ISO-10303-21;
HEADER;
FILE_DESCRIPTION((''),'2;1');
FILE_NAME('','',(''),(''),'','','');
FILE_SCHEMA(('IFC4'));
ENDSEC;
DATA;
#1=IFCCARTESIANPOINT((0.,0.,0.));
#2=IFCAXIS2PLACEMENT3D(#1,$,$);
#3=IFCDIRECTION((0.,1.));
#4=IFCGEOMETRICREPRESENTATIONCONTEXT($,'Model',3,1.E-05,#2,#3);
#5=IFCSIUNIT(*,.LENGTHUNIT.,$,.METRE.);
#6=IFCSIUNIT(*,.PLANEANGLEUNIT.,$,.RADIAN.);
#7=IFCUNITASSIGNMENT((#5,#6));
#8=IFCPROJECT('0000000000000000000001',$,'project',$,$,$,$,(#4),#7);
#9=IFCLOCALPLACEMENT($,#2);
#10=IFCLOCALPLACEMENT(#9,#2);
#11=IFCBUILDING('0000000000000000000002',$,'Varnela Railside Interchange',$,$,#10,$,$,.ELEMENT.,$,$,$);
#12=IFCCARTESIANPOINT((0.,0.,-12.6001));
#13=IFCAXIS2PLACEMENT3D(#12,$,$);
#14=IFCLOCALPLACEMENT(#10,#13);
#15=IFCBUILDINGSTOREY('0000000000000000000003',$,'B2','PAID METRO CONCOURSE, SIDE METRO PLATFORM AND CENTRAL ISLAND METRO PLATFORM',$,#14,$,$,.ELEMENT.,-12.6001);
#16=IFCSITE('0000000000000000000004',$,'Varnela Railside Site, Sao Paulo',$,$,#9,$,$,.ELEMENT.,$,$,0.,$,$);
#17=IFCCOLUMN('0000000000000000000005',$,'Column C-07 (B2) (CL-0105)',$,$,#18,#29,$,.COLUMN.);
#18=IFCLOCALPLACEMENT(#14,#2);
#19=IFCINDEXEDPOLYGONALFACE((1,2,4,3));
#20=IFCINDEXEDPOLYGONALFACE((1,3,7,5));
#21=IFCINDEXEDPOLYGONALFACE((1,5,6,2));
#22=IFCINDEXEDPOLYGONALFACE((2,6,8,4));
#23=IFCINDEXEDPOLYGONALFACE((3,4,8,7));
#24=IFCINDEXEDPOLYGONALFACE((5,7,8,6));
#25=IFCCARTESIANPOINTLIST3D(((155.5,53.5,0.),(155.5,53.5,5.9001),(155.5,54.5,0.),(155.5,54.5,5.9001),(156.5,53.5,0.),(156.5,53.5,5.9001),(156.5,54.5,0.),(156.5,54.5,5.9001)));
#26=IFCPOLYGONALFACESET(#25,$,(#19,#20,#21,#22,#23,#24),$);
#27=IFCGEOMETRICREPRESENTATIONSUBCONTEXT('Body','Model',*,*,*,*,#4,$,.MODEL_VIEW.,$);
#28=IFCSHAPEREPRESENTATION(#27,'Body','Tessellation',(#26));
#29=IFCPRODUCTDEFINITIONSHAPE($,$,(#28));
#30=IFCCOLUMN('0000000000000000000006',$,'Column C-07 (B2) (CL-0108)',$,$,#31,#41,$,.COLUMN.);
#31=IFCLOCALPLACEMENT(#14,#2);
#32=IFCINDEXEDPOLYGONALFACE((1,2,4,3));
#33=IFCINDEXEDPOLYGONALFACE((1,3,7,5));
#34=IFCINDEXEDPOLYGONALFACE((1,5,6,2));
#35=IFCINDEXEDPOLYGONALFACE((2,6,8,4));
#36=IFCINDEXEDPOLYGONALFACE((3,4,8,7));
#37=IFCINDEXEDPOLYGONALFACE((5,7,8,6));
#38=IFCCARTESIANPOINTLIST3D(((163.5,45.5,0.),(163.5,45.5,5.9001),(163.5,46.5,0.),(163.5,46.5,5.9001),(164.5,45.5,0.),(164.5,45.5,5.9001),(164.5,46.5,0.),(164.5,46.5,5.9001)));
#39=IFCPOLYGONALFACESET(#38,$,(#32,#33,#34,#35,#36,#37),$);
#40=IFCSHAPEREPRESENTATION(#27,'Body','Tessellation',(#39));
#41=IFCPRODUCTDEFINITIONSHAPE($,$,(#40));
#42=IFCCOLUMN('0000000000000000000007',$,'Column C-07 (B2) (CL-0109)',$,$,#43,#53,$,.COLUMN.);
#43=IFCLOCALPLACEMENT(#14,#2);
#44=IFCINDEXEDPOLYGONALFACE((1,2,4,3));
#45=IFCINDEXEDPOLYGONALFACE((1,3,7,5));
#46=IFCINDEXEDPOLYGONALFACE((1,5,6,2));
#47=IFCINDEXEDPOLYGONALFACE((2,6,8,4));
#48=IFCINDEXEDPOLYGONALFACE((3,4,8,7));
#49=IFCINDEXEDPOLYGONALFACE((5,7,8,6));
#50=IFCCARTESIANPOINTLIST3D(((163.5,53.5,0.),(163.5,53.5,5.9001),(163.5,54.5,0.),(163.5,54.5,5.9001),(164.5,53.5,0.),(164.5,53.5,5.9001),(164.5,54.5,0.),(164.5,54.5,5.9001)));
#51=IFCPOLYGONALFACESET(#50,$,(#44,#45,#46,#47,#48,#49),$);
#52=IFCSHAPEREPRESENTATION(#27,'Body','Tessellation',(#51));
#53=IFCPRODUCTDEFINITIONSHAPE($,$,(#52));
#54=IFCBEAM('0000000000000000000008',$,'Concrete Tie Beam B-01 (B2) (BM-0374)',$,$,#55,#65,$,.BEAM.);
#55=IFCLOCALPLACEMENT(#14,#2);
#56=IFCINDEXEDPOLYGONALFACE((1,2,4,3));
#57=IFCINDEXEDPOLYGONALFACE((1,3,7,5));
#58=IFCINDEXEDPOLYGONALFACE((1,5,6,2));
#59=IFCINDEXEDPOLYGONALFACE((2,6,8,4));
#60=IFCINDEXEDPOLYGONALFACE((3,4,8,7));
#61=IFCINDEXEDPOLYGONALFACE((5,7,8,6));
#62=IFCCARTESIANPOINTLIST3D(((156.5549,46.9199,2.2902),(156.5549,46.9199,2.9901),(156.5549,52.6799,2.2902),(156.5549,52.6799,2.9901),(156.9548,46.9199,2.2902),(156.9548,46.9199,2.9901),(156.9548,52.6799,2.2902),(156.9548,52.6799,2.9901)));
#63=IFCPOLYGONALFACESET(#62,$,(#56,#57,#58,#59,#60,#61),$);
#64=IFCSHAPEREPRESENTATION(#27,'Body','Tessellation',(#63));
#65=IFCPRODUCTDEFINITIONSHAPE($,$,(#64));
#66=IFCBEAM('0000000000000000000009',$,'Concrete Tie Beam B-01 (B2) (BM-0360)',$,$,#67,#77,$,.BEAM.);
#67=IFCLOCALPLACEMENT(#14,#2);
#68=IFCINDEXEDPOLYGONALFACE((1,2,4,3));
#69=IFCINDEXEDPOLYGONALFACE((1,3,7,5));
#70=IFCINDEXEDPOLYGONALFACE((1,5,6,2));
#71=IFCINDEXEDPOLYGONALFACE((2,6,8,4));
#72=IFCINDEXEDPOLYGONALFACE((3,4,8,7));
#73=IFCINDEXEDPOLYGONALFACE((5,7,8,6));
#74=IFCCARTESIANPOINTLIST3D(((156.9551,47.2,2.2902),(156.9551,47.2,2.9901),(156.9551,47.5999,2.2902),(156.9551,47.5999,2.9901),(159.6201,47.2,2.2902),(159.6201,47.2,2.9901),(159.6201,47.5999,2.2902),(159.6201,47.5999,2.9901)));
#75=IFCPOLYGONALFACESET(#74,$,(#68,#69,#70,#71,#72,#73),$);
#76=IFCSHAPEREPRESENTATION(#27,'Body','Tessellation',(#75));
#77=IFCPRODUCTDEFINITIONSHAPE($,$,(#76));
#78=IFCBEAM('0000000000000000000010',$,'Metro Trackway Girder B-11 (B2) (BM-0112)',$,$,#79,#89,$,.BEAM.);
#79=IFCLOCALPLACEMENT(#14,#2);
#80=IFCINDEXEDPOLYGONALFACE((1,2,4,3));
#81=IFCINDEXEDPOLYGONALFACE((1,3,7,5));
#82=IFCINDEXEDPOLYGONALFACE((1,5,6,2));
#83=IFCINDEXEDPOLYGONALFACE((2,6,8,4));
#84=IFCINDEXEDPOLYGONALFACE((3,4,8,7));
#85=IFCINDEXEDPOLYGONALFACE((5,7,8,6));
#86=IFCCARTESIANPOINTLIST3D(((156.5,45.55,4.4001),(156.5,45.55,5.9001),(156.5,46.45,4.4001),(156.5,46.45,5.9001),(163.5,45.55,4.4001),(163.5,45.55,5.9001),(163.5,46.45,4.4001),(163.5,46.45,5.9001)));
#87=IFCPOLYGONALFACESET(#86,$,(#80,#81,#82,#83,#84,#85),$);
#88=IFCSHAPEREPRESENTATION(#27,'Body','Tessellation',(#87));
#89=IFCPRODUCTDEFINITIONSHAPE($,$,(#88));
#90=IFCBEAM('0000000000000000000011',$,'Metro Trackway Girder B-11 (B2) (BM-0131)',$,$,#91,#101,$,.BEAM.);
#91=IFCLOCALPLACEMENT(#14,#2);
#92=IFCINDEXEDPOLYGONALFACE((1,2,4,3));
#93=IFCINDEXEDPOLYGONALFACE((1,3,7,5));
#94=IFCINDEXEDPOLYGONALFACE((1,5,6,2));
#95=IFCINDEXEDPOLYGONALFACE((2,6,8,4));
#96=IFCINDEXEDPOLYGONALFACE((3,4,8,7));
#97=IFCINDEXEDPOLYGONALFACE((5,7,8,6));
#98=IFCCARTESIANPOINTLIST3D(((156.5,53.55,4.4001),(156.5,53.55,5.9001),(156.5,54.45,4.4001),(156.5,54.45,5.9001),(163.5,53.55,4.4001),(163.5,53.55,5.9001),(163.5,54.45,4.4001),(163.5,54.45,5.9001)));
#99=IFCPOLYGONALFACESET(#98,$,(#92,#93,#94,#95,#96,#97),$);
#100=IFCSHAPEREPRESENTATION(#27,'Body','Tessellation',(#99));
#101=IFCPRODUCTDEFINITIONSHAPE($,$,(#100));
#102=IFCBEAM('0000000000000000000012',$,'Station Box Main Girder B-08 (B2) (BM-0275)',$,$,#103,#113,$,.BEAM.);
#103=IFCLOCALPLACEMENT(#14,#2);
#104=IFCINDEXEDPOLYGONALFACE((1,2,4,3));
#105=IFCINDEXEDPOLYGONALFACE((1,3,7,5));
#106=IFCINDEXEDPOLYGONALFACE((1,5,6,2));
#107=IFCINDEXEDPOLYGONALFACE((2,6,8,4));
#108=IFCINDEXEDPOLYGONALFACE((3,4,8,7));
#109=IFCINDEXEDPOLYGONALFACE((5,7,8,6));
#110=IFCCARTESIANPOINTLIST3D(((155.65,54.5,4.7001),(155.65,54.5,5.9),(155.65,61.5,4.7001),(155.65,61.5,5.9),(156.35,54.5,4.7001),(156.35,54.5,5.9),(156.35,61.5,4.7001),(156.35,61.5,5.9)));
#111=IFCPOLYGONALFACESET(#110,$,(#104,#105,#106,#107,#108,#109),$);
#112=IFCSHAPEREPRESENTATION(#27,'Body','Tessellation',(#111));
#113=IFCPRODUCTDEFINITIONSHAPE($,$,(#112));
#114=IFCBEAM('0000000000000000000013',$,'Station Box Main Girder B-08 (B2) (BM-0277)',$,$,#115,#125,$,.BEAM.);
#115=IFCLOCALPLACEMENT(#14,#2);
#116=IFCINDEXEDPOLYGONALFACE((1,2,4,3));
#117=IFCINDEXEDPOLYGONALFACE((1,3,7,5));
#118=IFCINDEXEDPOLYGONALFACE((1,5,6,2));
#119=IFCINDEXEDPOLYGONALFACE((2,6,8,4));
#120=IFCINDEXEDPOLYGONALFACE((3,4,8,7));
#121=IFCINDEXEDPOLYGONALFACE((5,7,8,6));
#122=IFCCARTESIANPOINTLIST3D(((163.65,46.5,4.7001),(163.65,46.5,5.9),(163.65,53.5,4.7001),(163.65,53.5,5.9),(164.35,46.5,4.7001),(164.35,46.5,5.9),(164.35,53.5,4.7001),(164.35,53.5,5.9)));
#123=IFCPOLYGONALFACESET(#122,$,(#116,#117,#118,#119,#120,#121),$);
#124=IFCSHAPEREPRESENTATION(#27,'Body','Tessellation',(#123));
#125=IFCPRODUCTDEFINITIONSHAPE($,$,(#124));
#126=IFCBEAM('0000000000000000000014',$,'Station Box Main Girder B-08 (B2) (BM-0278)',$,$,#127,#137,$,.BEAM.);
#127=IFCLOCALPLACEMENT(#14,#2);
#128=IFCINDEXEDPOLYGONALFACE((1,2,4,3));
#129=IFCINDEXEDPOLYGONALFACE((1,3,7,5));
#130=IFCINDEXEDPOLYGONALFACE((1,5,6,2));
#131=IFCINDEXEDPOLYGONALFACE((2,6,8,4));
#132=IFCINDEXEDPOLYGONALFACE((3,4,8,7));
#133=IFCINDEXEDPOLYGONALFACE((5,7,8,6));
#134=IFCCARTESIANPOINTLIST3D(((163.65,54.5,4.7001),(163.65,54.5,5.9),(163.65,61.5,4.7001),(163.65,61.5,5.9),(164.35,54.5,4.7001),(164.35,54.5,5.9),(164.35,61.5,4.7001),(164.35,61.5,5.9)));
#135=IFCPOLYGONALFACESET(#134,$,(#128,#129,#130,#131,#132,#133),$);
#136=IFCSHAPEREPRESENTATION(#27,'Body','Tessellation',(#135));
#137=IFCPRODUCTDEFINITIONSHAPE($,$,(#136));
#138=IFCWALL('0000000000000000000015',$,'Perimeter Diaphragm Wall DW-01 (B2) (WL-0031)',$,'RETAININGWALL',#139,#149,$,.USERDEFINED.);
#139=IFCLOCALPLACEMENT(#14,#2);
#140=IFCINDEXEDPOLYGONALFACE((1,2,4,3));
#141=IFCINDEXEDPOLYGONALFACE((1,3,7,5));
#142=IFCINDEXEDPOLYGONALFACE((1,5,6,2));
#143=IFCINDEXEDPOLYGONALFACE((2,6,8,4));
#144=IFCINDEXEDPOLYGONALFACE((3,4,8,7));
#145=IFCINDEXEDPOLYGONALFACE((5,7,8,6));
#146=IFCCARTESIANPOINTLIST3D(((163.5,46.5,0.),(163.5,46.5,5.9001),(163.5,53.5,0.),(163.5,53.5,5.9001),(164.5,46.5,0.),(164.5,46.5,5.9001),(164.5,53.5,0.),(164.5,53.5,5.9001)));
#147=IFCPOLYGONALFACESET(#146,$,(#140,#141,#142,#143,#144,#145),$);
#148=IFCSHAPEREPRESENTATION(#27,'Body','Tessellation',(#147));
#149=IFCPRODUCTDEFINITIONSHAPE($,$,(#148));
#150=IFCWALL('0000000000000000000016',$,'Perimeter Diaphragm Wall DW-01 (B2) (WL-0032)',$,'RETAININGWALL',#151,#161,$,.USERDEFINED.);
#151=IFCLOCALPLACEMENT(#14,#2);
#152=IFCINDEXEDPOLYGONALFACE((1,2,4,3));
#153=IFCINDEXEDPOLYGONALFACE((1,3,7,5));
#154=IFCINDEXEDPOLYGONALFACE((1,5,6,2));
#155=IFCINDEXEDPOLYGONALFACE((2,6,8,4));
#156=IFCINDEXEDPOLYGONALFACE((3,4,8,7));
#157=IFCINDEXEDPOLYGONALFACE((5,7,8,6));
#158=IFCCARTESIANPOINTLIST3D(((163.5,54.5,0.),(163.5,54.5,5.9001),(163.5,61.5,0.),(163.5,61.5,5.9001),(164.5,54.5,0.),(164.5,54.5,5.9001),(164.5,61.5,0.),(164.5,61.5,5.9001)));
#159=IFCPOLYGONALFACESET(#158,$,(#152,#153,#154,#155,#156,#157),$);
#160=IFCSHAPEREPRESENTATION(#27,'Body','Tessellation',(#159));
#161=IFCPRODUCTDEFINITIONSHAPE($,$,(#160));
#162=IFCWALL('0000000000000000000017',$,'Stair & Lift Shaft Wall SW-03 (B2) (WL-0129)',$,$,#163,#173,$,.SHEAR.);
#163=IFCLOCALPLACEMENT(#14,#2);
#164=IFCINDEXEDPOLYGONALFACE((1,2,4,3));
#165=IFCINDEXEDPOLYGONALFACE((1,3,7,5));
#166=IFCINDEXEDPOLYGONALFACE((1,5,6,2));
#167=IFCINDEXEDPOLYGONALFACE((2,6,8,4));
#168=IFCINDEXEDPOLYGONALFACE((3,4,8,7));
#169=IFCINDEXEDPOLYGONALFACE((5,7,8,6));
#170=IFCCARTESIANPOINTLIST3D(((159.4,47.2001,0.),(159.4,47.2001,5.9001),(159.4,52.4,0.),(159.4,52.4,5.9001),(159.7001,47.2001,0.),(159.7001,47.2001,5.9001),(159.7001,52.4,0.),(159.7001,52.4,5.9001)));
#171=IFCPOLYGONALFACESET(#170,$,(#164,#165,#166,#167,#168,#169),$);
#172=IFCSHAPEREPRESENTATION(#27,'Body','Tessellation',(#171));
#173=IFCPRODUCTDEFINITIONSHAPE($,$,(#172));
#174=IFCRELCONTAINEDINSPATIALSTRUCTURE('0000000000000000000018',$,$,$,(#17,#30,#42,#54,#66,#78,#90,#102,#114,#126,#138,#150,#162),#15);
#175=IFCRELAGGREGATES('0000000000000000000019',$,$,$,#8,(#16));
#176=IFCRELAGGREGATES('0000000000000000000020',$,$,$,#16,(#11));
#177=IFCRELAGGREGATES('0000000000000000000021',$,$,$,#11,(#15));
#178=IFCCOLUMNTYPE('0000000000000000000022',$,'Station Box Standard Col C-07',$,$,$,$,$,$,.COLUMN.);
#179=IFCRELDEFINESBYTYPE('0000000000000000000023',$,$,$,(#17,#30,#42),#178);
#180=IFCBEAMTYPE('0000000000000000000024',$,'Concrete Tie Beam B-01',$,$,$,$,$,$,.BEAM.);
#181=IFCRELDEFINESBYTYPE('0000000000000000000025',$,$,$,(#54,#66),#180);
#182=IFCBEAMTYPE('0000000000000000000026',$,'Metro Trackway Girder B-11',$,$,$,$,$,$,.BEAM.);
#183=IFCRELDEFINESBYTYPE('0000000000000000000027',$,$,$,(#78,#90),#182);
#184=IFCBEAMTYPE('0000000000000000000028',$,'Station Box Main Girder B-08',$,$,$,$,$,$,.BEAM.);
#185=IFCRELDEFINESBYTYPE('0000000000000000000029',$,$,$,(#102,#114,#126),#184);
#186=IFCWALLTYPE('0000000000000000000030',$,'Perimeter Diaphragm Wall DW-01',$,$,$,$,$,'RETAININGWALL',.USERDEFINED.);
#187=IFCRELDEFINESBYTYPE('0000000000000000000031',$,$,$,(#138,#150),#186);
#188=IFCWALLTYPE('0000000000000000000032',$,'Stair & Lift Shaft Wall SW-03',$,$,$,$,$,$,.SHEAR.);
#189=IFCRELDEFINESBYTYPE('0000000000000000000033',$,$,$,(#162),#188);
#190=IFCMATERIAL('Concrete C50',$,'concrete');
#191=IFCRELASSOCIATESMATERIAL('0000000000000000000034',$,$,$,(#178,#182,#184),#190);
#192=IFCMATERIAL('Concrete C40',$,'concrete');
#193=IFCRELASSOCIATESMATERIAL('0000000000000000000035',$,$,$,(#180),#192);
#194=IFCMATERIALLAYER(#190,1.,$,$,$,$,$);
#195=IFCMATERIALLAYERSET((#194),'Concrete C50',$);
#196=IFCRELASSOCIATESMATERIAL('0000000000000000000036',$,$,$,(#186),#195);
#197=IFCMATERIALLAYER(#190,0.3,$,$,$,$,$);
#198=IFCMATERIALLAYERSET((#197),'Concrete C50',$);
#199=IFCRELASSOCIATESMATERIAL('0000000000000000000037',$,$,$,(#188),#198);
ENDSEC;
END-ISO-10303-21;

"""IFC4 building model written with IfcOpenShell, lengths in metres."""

from ifc_helpers import new_model, si_unit, direction, frame, frame_2d, origin, origin_2d, place, context, subcontext, project, spatial, rectangle, extrude, material, layer, layer_set, material_profile, profile_set, type_object, element, save


model = new_model("IFC4")

# Units and contexts
model_context = context("Model", 3, precision=1e-05, world=origin(), true_north=direction((0.0, 1.0)))
body_context = subcontext(model_context, "Body", "Model", "MODEL_VIEW")
ifc_project = project(units=[si_unit("LENGTHUNIT", "METRE"), si_unit("PLANEANGLEUNIT", "RADIAN")], contexts=[model_context])

# Site, building, storey
site_placement = place(None, origin())
site = spatial("IfcSite", under=ifc_project, at=site_placement, Name="Varnela Railside Site, Sao Paulo", CompositionType="ELEMENT", RefElevation=0.0)
building_placement = place(site_placement, origin())
building = spatial("IfcBuilding", under=site, at=building_placement, Name="Varnela Railside Interchange", CompositionType="ELEMENT")
storey_placement = place(building_placement, frame((0.0, 0.0, -12.6001)))
storey = spatial("IfcBuildingStorey", under=building, at=storey_placement, Name="B2", Description="PAID METRO CONCOURSE, SIDE METRO PLATFORM AND CENTRAL ISLAND METRO PLATFORM", CompositionType="ELEMENT", Elevation=-12.6001)

# Shared definitions
ifc_material_1 = material(Name="Concrete C40", Category="concrete")

# Shared definitions
ifc_material_2 = material(Name="Concrete C50", Category="concrete")

# Columns
ifc_material_profile_1 = material_profile(ifc_material_2, rectangle(XDim=1.0, YDim=1.0, at=origin_2d()), Name="RC 1000x1000")
ifc_profile_set_1 = profile_set([ifc_material_profile_1], Name="Concrete C50")
column_type = type_object("IfcColumnType", Name="Station Box Standard Col C-07", PredefinedType="COLUMN", material=ifc_profile_set_1)
for number, where, z_axis, x_axis, name in (
    (1, (156.0, 54.0, 0.0), (0.0, 0.0, 1.0), (1.0, 0.0, 0.0), "Column C-07 (B2) (CL-0105)"),
    (2, (164.0, 46.0, 0.0), (0.0, 0.0, 1.0), (1.0, 0.0, 0.0), "Column C-07 (B2) (CL-0108)"),
    (3, (164.0, 54.0, 0.0), (0.0, 0.0, 1.0), (1.0, 0.0, 0.0), "Column C-07 (B2) (CL-0109)"),
):
    element("IfcColumn", number, at=place(storey_placement, frame(where, z_axis=z_axis, x_axis=x_axis)), inside=storey, type_object=column_type, Name=name, PredefinedType="COLUMN", context=body_context, shape_type="SweptSolid", body=[
        extrude(rectangle(XDim=1.0, YDim=1.0, at=origin_2d()), origin(), (0.0, 0.0, 1.0), 5.9001),
    ])

# Beams
ifc_material_profile_2 = material_profile(ifc_material_1, rectangle(XDim=0.3999, YDim=0.7, at=origin_2d()), Name="RC 400x700")
ifc_profile_set_2 = profile_set([ifc_material_profile_2], Name="Concrete C40")
beam_type_1 = type_object("IfcBeamType", Name="Concrete Tie Beam B-01", PredefinedType="BEAM", material=ifc_profile_set_2)
beam_1_placement = place(storey_placement, frame((156.7549, 46.9199, 2.6401), z_axis=(0.0, 1.0, 0.0), x_axis=(-1.0, 0.0, 0.0)))
element("IfcBeam", 4, at=beam_1_placement, inside=storey, type_object=beam_type_1, Name="Concrete Tie Beam B-01 (B2) (BM-0374)", PredefinedType="BEAM", context=body_context, shape_type="SweptSolid", body=[
    extrude(rectangle(XDim=0.3999, YDim=0.7, at=origin_2d()), origin(), (0.0, 0.0, 1.0), 5.76),
])
beam_2_placement = place(storey_placement, frame((156.9551, 47.3999, 2.6401), z_axis=(1.0, 0.0, 0.0), x_axis=(0.0, 1.0, 0.0)))
element("IfcBeam", 5, at=beam_2_placement, inside=storey, type_object=beam_type_1, Name="Concrete Tie Beam B-01 (B2) (BM-0360)", PredefinedType="BEAM", context=body_context, shape_type="SweptSolid", body=[
    extrude(rectangle(XDim=0.3999, YDim=0.7, at=origin_2d()), origin(), (0.0, 0.0, 1.0), 2.665),
])
ifc_material_profile_3 = material_profile(ifc_material_2, rectangle(XDim=0.8999, YDim=1.5, at=origin_2d()), Name="RC 900x1500")
ifc_profile_set_3 = profile_set([ifc_material_profile_3], Name="Concrete C50")
beam_type_2 = type_object("IfcBeamType", Name="Metro Trackway Girder B-11", PredefinedType="BEAM", material=ifc_profile_set_3)
for number, where, z_axis, x_axis, name in (
    (6, (156.5, 46.0, 5.1501), (1.0, 0.0, 0.0), (0.0, 1.0, 0.0), "Metro Trackway Girder B-11 (B2) (BM-0112)"),
    (7, (156.5, 54.0, 5.1501), (1.0, 0.0, 0.0), (0.0, 1.0, 0.0), "Metro Trackway Girder B-11 (B2) (BM-0131)"),
):
    element("IfcBeam", number, at=place(storey_placement, frame(where, z_axis=z_axis, x_axis=x_axis)), inside=storey, type_object=beam_type_2, Name=name, PredefinedType="BEAM", context=body_context, shape_type="SweptSolid", body=[
        extrude(rectangle(XDim=0.8999, YDim=1.5, at=origin_2d()), origin(), (0.0, 0.0, 1.0), 7.0),
    ])
ifc_material_profile_4 = material_profile(ifc_material_2, rectangle(XDim=0.7, YDim=1.2, at=origin_2d()), Name="RC 700x1200")
ifc_profile_set_4 = profile_set([ifc_material_profile_4], Name="Concrete C50")
beam_type_3 = type_object("IfcBeamType", Name="Station Box Main Girder B-08", PredefinedType="BEAM", material=ifc_profile_set_4)
for number, where, z_axis, x_axis, name in (
    (8, (156.0, 54.5, 5.3), (0.0, 1.0, 0.0), (-1.0, 0.0, 0.0), "Station Box Main Girder B-08 (B2) (BM-0275)"),
    (9, (164.0, 46.5, 5.3), (0.0, 1.0, 0.0), (-1.0, 0.0, 0.0), "Station Box Main Girder B-08 (B2) (BM-0277)"),
    (10, (164.0, 54.5, 5.3), (0.0, 1.0, 0.0), (-1.0, 0.0, 0.0), "Station Box Main Girder B-08 (B2) (BM-0278)"),
):
    element("IfcBeam", number, at=place(storey_placement, frame(where, z_axis=z_axis, x_axis=x_axis)), inside=storey, type_object=beam_type_3, Name=name, PredefinedType="BEAM", context=body_context, shape_type="SweptSolid", body=[
        extrude(rectangle(XDim=0.7, YDim=1.2, at=origin_2d()), origin(), (0.0, 0.0, 1.0), 7.0),
    ])

# Walls
ifc_layer_1 = layer(ifc_material_2, 1.0)
ifc_layer_set_1 = layer_set([ifc_layer_1], Name="Concrete C50")
wall_type_1 = type_object("IfcWallType", Name="Perimeter Diaphragm Wall DW-01", ElementType="RETAININGWALL", PredefinedType="USERDEFINED", material=ifc_layer_set_1)
for number, where, z_axis, x_axis, name in (
    (11, (164.0, 46.5, 0.0), (0.0, 0.0, 1.0), (0.0, 1.0, 0.0), "Perimeter Diaphragm Wall DW-01 (B2) (WL-0031)"),
    (12, (164.0, 54.5, 0.0), (0.0, 0.0, 1.0), (0.0, 1.0, 0.0), "Perimeter Diaphragm Wall DW-01 (B2) (WL-0032)"),
):
    element("IfcWall", number, at=place(storey_placement, frame(where, z_axis=z_axis, x_axis=x_axis)), inside=storey, type_object=wall_type_1, Name=name, ObjectType="RETAININGWALL", PredefinedType="USERDEFINED", context=body_context, shape_type="SweptSolid", body=[
        extrude(rectangle(XDim=7.0, YDim=1.0, at=frame_2d((3.5, 0.0))), origin(), (0.0, 0.0, 1.0), 5.9001),
    ])
ifc_layer_2 = layer(ifc_material_2, 0.3)
ifc_layer_set_2 = layer_set([ifc_layer_2], Name="Concrete C50")
wall_type_2 = type_object("IfcWallType", Name="Stair & Lift Shaft Wall SW-03", PredefinedType="SHEAR", material=ifc_layer_set_2)
wall_placement = place(storey_placement, frame((159.55, 47.2, 0.0), z_axis=(0.0, 0.0, 1.0), x_axis=(0.0, 1.0, 0.0)))
element("IfcWall", 13, at=wall_placement, inside=storey, type_object=wall_type_2, Name="Stair & Lift Shaft Wall SW-03 (B2) (WL-0129)", PredefinedType="SHEAR", context=body_context, shape_type="SweptSolid", body=[
    extrude(rectangle(XDim=5.2, YDim=0.3, at=frame_2d((2.6001, 0.0))), origin(), (0.0, 0.0, 1.0), 5.9001),
])

save(model, "model.ifc")
